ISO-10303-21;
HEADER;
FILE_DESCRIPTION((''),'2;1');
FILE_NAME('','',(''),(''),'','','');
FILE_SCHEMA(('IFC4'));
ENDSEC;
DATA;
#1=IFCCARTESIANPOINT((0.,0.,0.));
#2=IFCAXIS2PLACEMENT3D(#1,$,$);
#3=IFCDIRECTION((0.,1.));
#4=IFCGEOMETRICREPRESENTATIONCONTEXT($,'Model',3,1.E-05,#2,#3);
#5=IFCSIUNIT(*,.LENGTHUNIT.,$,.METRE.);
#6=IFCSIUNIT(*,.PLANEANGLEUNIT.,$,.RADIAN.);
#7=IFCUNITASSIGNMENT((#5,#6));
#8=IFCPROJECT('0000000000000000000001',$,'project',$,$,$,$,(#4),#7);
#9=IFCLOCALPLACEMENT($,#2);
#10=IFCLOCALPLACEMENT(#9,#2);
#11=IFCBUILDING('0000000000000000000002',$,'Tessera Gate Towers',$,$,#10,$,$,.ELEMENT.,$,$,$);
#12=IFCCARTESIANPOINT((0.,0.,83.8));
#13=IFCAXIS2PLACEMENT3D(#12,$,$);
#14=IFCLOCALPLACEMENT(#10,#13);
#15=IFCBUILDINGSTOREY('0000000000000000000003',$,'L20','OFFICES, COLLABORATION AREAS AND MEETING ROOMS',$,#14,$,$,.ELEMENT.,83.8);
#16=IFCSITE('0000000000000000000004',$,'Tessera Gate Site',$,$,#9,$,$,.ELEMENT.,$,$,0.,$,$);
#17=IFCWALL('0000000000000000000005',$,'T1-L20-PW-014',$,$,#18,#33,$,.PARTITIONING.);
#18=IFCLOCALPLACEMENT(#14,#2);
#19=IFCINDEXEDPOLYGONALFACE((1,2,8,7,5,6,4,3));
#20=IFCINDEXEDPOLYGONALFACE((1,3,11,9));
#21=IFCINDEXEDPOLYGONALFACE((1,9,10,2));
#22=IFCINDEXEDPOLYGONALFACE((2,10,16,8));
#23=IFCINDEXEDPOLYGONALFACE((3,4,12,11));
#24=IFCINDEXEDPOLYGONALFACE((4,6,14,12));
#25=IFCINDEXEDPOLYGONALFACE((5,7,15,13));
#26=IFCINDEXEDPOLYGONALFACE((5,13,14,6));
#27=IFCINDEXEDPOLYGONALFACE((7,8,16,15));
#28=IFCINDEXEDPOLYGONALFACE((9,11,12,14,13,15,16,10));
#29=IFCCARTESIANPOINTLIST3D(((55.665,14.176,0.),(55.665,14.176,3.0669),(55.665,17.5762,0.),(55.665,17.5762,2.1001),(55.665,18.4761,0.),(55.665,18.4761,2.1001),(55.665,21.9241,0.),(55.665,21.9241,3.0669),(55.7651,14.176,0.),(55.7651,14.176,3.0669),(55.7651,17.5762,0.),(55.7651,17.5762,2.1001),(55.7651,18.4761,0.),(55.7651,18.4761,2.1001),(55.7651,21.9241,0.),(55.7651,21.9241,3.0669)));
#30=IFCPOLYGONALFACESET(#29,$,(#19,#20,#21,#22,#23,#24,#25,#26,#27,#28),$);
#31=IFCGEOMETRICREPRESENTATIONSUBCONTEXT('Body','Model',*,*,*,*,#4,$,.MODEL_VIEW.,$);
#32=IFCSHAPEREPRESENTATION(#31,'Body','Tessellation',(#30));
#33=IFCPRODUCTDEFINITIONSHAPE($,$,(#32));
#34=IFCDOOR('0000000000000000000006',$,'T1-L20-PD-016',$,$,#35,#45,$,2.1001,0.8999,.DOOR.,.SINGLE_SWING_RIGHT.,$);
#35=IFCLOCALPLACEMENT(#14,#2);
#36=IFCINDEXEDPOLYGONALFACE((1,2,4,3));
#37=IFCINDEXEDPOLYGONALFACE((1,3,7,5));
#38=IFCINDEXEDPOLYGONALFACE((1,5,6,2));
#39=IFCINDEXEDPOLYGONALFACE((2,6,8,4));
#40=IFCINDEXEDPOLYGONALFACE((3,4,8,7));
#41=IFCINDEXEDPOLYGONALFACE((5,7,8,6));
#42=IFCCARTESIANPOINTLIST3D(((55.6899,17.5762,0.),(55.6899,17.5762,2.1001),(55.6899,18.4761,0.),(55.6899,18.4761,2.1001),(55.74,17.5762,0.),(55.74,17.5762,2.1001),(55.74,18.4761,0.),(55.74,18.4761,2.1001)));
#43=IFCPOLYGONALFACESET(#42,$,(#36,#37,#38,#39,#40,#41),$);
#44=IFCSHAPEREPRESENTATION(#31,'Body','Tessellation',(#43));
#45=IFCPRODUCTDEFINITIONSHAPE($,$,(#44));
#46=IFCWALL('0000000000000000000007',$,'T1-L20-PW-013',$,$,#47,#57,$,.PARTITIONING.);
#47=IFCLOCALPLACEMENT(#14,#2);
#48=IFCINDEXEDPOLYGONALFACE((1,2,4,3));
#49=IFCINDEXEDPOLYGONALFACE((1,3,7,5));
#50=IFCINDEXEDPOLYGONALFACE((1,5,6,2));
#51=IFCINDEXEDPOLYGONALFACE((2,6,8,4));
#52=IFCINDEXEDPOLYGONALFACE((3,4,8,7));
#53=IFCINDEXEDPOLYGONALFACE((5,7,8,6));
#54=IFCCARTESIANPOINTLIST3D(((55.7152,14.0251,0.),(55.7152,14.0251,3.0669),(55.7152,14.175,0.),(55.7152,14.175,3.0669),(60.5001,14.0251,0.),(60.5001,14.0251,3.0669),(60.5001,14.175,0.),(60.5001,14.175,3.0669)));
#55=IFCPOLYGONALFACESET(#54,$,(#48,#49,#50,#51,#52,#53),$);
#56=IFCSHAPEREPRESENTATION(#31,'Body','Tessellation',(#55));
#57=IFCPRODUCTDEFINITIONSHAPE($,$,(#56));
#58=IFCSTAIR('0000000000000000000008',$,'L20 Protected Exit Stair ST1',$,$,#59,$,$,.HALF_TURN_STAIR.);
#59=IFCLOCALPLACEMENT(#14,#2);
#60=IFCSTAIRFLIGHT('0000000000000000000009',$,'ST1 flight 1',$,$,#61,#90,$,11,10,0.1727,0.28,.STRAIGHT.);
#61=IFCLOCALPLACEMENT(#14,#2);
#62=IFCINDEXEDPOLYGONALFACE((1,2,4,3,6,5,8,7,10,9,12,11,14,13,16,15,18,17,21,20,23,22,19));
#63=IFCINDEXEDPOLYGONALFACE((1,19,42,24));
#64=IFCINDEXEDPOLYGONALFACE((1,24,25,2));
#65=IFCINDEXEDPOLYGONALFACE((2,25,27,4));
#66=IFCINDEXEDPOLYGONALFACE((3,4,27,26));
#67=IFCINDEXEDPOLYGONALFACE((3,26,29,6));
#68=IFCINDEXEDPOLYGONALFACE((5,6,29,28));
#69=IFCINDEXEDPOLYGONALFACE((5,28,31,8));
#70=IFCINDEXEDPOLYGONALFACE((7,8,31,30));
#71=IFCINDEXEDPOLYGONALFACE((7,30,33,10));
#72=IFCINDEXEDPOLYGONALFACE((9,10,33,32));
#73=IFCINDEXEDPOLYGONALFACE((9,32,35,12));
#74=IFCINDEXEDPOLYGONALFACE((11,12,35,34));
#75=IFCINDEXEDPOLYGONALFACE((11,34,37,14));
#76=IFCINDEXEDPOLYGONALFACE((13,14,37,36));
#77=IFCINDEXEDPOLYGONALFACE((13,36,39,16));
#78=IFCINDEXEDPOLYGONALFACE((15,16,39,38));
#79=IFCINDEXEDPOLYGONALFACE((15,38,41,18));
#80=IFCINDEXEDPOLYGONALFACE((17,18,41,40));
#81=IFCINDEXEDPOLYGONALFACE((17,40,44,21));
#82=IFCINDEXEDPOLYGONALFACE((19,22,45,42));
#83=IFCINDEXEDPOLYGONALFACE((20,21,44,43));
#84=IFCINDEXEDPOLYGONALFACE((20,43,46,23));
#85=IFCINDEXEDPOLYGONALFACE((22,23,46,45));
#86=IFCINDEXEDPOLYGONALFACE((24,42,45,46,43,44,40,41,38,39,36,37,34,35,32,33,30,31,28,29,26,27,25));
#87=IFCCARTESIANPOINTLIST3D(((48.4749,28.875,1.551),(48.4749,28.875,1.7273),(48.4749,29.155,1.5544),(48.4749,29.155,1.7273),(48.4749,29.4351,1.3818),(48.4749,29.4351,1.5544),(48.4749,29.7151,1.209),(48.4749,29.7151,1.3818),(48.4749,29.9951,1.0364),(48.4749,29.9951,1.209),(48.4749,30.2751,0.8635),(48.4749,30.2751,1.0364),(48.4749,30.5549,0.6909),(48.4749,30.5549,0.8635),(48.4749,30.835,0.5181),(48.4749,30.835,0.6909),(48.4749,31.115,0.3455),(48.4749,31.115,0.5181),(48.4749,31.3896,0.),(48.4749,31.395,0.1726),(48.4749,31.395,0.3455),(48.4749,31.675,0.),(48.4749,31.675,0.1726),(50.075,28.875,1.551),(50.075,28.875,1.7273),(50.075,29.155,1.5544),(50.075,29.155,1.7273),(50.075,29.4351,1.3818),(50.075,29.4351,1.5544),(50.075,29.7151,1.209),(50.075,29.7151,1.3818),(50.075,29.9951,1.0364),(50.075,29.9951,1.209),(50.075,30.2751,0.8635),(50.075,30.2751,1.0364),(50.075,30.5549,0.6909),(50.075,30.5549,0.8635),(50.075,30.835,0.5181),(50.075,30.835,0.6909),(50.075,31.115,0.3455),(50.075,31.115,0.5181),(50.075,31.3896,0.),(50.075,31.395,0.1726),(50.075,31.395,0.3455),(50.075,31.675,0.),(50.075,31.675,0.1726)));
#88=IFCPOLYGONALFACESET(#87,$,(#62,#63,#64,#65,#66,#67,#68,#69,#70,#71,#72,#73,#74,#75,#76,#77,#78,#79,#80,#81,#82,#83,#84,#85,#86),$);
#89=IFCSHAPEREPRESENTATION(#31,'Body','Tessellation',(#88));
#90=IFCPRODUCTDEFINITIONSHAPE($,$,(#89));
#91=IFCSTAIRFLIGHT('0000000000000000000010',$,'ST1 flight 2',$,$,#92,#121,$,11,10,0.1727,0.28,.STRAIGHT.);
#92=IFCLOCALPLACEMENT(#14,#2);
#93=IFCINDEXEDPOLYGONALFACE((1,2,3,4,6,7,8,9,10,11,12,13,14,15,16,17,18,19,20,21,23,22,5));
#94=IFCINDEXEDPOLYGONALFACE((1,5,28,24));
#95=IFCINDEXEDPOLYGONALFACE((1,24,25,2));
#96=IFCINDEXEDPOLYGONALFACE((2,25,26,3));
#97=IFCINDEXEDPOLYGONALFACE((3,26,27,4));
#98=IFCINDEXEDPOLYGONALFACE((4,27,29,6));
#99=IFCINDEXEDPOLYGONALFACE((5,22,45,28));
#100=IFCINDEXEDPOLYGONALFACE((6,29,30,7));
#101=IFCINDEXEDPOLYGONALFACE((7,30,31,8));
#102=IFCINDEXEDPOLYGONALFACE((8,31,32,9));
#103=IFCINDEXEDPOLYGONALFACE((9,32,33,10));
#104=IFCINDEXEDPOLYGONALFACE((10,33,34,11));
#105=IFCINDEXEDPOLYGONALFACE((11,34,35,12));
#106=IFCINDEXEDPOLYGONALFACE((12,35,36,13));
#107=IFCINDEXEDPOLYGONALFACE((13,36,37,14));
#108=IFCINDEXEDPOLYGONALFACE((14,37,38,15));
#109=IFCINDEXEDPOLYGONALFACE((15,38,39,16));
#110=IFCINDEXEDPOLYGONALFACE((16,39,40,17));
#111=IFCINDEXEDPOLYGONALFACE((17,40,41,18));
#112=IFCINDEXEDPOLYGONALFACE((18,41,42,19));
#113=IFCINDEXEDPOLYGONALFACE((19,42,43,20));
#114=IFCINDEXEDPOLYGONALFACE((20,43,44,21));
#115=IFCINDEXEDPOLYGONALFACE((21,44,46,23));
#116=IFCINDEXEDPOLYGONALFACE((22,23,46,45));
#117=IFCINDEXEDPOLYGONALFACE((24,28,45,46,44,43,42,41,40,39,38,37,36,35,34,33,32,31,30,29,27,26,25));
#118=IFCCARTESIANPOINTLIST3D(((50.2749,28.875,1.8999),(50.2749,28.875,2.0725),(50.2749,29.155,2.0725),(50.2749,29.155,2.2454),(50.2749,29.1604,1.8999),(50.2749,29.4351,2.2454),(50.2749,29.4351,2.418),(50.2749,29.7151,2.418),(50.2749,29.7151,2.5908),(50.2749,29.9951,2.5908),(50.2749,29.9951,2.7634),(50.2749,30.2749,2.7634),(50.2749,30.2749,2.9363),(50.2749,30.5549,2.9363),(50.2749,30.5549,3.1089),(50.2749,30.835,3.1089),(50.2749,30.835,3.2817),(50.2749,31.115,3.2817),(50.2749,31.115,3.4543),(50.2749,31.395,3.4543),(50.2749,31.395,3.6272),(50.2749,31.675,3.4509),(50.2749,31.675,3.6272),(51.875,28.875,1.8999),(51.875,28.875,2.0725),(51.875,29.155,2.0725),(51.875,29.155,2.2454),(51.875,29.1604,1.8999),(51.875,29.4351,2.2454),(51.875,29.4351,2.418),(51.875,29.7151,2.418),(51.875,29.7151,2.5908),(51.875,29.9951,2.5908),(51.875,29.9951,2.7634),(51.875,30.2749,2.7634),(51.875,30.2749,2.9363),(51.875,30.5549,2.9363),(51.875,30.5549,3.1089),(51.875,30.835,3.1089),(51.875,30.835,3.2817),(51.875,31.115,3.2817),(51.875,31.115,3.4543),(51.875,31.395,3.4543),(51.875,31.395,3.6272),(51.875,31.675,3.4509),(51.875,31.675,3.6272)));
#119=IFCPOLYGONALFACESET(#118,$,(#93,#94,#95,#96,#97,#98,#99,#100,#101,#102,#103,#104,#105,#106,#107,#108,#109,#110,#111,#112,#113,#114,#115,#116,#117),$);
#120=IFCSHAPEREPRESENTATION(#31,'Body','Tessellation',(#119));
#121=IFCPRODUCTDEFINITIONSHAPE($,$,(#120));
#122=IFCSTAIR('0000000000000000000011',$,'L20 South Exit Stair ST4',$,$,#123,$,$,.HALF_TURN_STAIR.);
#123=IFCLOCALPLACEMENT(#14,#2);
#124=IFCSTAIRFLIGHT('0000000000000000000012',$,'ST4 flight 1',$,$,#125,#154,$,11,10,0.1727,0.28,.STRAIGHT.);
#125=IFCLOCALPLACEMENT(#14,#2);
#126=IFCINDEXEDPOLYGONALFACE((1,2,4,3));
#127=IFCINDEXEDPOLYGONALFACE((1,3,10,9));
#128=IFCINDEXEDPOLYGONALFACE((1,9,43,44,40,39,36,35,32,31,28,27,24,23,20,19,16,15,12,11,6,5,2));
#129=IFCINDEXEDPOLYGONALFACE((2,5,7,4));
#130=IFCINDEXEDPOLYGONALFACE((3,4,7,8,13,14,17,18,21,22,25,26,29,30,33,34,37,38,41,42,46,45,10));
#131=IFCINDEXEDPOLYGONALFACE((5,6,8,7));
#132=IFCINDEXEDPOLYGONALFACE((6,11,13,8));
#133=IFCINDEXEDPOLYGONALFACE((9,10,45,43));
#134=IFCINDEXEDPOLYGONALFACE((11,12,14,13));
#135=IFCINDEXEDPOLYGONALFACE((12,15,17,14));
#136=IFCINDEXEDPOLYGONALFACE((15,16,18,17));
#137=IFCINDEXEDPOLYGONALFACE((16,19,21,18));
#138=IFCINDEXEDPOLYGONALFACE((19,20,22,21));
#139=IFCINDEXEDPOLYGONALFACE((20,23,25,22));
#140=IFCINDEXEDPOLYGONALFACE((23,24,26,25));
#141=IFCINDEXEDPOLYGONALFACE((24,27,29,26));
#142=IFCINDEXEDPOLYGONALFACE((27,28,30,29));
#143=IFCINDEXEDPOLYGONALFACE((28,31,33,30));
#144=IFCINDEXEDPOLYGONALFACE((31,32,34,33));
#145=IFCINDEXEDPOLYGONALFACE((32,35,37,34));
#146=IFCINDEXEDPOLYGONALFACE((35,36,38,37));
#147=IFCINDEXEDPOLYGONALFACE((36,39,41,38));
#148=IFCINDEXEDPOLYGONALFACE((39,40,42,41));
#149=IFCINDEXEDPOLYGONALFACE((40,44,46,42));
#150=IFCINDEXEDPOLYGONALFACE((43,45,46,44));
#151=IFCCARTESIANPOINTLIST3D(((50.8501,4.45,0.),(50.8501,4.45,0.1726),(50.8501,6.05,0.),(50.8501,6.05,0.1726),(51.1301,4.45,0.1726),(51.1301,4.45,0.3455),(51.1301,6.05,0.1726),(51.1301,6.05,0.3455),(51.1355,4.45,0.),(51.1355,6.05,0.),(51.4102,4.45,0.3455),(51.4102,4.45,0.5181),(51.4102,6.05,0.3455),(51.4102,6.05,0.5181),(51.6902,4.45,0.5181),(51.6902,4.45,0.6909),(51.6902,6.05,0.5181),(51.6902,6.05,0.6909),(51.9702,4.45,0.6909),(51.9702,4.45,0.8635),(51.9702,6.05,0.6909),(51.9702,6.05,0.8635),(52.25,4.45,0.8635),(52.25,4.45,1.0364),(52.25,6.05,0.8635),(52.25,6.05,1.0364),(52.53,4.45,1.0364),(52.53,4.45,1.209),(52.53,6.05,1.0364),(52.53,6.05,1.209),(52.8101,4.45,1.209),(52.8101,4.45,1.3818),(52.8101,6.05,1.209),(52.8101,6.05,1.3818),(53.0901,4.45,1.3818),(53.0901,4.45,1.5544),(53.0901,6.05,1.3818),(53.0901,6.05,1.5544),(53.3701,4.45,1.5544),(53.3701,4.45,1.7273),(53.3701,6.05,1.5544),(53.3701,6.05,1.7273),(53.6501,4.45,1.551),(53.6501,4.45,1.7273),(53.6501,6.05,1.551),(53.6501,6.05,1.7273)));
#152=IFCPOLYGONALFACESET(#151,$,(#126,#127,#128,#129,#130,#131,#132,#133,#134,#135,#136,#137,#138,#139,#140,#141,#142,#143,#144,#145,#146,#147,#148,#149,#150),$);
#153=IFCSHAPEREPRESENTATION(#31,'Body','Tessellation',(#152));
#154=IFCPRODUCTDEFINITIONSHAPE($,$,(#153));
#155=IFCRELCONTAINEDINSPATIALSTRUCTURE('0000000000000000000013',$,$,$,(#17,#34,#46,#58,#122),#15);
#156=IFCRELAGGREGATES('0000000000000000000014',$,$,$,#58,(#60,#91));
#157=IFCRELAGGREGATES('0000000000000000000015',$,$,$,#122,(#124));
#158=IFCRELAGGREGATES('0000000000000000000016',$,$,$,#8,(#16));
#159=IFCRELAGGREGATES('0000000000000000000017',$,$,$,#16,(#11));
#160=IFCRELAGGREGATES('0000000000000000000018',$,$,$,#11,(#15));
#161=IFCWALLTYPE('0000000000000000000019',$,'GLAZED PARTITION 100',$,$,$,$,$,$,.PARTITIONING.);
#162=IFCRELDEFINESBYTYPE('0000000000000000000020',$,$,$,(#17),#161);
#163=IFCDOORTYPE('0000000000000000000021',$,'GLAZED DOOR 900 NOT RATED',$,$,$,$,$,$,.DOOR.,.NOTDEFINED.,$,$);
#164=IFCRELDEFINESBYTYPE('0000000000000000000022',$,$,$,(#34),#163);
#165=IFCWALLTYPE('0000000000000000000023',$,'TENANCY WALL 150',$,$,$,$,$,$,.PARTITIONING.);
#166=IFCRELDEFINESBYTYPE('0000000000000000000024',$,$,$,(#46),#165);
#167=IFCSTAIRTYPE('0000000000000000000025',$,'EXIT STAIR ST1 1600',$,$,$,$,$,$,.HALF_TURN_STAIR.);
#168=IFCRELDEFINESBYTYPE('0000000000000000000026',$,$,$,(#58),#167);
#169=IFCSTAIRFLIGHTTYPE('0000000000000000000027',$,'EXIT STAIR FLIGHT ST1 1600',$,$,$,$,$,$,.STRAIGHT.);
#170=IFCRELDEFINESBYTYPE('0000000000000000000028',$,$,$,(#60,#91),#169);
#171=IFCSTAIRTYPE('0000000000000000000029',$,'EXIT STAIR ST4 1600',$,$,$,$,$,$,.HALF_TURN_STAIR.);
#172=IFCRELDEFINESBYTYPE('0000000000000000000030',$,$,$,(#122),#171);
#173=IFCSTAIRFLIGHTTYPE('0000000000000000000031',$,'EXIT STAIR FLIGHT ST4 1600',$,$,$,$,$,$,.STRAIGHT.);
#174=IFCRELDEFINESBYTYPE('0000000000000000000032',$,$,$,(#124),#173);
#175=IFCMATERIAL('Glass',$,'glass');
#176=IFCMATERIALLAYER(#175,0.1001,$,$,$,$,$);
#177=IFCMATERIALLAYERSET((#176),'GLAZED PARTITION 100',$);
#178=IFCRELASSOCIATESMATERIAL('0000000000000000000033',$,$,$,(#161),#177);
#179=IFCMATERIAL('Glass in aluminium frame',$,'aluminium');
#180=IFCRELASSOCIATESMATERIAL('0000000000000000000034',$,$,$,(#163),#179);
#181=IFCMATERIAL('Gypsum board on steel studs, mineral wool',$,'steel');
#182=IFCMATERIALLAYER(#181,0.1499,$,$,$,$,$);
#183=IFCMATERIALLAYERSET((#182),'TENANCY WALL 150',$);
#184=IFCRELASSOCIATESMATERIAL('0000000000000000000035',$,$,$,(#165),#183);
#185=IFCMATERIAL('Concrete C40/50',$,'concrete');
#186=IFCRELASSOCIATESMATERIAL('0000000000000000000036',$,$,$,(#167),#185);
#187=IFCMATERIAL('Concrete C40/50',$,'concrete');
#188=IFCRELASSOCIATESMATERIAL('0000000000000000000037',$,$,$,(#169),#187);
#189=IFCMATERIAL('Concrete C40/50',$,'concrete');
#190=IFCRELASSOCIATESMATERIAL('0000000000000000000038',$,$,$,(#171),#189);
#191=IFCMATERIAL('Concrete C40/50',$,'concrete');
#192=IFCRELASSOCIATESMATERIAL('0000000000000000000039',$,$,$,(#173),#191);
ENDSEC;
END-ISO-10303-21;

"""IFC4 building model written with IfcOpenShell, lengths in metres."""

from ifc_helpers import new_model, si_unit, direction, frame, frame_2d, origin, place, context, subcontext, project, spatial, polyline, rectangle, outline, extrude, source, transform, mapped, material, layer, layer_set, type_object, element, fill, aggregate, save


model = new_model("IFC4")

# Units and contexts
model_context = context("Model", 3, precision=1e-05, world=origin(), true_north=direction((0.0, 1.0)))
body_context = subcontext(model_context, "Body", "Model", "MODEL_VIEW")
ifc_project = project(units=[si_unit("LENGTHUNIT", "METRE"), si_unit("PLANEANGLEUNIT", "RADIAN")], contexts=[model_context])

# Site, building, storey
site_placement = place(None, origin())
site = spatial("IfcSite", under=ifc_project, at=site_placement, Name="Tessera Gate Site", CompositionType="ELEMENT", RefElevation=0.0)
building_placement = place(site_placement, origin())
building = spatial("IfcBuilding", under=site, at=building_placement, Name="Tessera Gate Towers", CompositionType="ELEMENT")
storey_placement = place(building_placement, frame((0.0, 0.0, 83.8)))
storey = spatial("IfcBuildingStorey", under=building, at=storey_placement, Name="L20", Description="OFFICES, COLLABORATION AREAS AND MEETING ROOMS", CompositionType="ELEMENT", Elevation=83.8)

# Wall, opening, door
ifc_material_1 = material(Name="Glass", Category="glass")
ifc_layer_1 = layer(ifc_material_1, 0.1001)
ifc_layer_set_1 = layer_set([ifc_layer_1], Name="GLAZED PARTITION 100")
wall_type_1 = type_object("IfcWallType", Name="GLAZED PARTITION 100", PredefinedType="PARTITIONING", material=ifc_layer_set_1)
shared_shape_1 = source(origin(), body_context, "Body", "SweptSolid", [
    extrude(rectangle(XDim=0.8999, YDim=2.1001, at=frame_2d((0.45, 1.05))), frame((0.0, 0.0601, 0.0), z_axis=(0.0, -1.0, 0.0), x_axis=(1.0, 0.0, 0.0)), (0.0, 0.0, 1.0), 0.1201),
])
ifc_material_2 = material(Name="Glass in aluminium frame", Category="aluminium")
door_type_1 = type_object("IfcDoorType", Name="GLAZED DOOR 900 NOT RATED", OperationType="NOTDEFINED", PredefinedType="DOOR", material=ifc_material_2)
shared_shape_2 = source(origin(), body_context, "Body", "SweptSolid", [
    extrude(rectangle(XDim=0.8999, YDim=2.1001, at=frame_2d((0.45, 1.05))), frame((0.0, 0.0249, 0.0), z_axis=(0.0, -1.0, 0.0), x_axis=(1.0, 0.0, 0.0)), (0.0, 0.0, 1.0), 0.05),
])
wall_1_placement = place(storey_placement, frame((55.7151, 21.9241, 0.0), z_axis=(0.0, 0.0, 1.0), x_axis=(0.0, -1.0, 0.0)))
wall_1 = element("IfcWall", 1, at=wall_1_placement, inside=storey, type_object=wall_type_1, Name="T1-L20-PW-014", PredefinedType="PARTITIONING", context=body_context, shape_type="SweptSolid", body=[
    extrude(rectangle(XDim=7.748, YDim=0.1001, at=frame_2d((3.874, 0.0))), origin(), (0.0, 0.0, 1.0), 3.0669),
])
opening_1_placement = place(wall_1_placement, frame((3.448, 0.0, 0.0)))
opening_1 = element("IfcOpeningElement", 2, at=opening_1_placement, cuts=wall_1, PredefinedType="OPENING", context=body_context, shape_type="MappedRepresentation", body=[
    mapped(shared_shape_1, transform((0.0, 0.0, 0.0), scale=1.0)),
])
door_1_placement = place(opening_1_placement, origin())
door_1 = element("IfcDoor", 3, at=door_1_placement, inside=storey, type_object=door_type_1, Name="T1-L20-PD-016", OperationType="SINGLE_SWING_RIGHT", OverallHeight=2.1001, OverallWidth=0.8999, PredefinedType="DOOR", context=body_context, shape_type="MappedRepresentation", body=[
    mapped(shared_shape_2, transform((0.0, 0.0, 0.0), scale=1.0)),
])
fill(opening_1, door_1)

# Wall
ifc_material_3 = material(Name="Gypsum board on steel studs, mineral wool", Category="steel")
ifc_layer_2 = layer(ifc_material_3, 0.1499)
ifc_layer_set_2 = layer_set([ifc_layer_2], Name="TENANCY WALL 150")
wall_type_2 = type_object("IfcWallType", Name="TENANCY WALL 150", PredefinedType="PARTITIONING", material=ifc_layer_set_2)
wall_2_placement = place(storey_placement, frame((55.7151, 14.1001, 0.0), z_axis=(0.0, 0.0, 1.0), x_axis=(1.0, 0.0, 0.0)))
element("IfcWall", 4, at=wall_2_placement, inside=storey, type_object=wall_type_2, Name="T1-L20-PW-013", PredefinedType="PARTITIONING", context=body_context, shape_type="SweptSolid", body=[
    extrude(rectangle(XDim=4.7849, YDim=0.1499, at=frame_2d((2.3926, 0.0))), origin(), (0.0, 0.0, 1.0), 3.0669),
])

# Stairs, stair flights
ifc_material_4 = material(Name="Concrete C40/50", Category="concrete")
stair_type_1 = type_object("IfcStairType", Name="EXIT STAIR ST1 1600", PredefinedType="HALF_TURN_STAIR", material=ifc_material_4)
stair_1_placement = place(storey_placement, origin())
stair_1 = element("IfcStair", 5, at=stair_1_placement, inside=storey, type_object=stair_type_1, Name="L20 Protected Exit Stair ST1", PredefinedType="HALF_TURN_STAIR")
ifc_material_5 = material(Name="Concrete C40/50", Category="concrete")
stair_flight_type_1 = type_object("IfcStairFlightType", Name="EXIT STAIR FLIGHT ST1 1600", PredefinedType="STRAIGHT", material=ifc_material_5)
stair_flight_1_placement = place(storey_placement, frame((49.2749, 31.675, 0.0), z_axis=(0.0, 0.0, 1.0), x_axis=(0.0, -1.0, 0.0)))
stair_flight_1 = element("IfcStairFlight", 6, at=stair_flight_1_placement, type_object=stair_flight_type_1, Name="ST1 flight 1", NumberOfRisers=11, NumberOfTreads=10, PredefinedType="STRAIGHT", RiserHeight=0.1727, TreadLength=0.28, context=body_context, shape_type="SweptSolid", body=[
    extrude(outline(polyline([(0.0, 0.0), (0.0, 0.1726), (0.28, 0.1726), (0.28, 0.3455), (0.5601, 0.3455), (0.5601, 0.5181), (0.8401, 0.5181), (0.8401, 0.6909), (1.1201, 0.6909), (1.1201, 0.8635), (1.3999, 0.8635), (1.3999, 1.0364), (1.6799, 1.0364), (1.6799, 1.209), (1.96, 1.209), (1.96, 1.3818), (2.24, 1.3818), (2.24, 1.5544), (2.52, 1.5544), (2.52, 1.7273), (2.8, 1.7273), (2.8, 1.8999), (2.8, 1.551), (0.2854, 0.0), (0.0, 0.0)])), frame((0.0, 0.8, 0.0), z_axis=(0.0, -1.0, 0.0), x_axis=(1.0, 0.0, 0.0)), (0.0, 0.0, 1.0), 1.6001),
])
stair_flight_2_placement = place(storey_placement, frame((51.075, 28.875, 1.8999), z_axis=(0.0, 0.0, 1.0), x_axis=(0.0, 1.0, 0.0)))
stair_flight_2 = element("IfcStairFlight", 7, at=stair_flight_2_placement, type_object=stair_flight_type_1, Name="ST1 flight 2", NumberOfRisers=11, NumberOfTreads=10, PredefinedType="STRAIGHT", RiserHeight=0.1727, TreadLength=0.28, context=body_context, shape_type="SweptSolid", body=[
    extrude(outline(polyline([(0.0, 0.0), (0.0, 0.1726), (0.28, 0.1726), (0.28, 0.3455), (0.5601, 0.3455), (0.5601, 0.5181), (0.8401, 0.5181), (0.8401, 0.6909), (1.1201, 0.6909), (1.1201, 0.8635), (1.3999, 0.8635), (1.3999, 1.0364), (1.6799, 1.0364), (1.6799, 1.209), (1.96, 1.209), (1.96, 1.3818), (2.24, 1.3818), (2.24, 1.5544), (2.52, 1.5544), (2.52, 1.7273), (2.8, 1.7273), (2.8, 1.8999), (2.8, 1.551), (0.2854, 0.0), (0.0, 0.0)])), frame((0.0, 0.8, 0.0), z_axis=(0.0, -1.0, 0.0), x_axis=(1.0, 0.0, 0.0)), (0.0, 0.0, 1.0), 1.6001),
])
aggregate(stair_1, [stair_flight_1, stair_flight_2])
ifc_material_6 = material(Name="Concrete C40/50", Category="concrete")
stair_type_2 = type_object("IfcStairType", Name="EXIT STAIR ST4 1600", PredefinedType="HALF_TURN_STAIR", material=ifc_material_6)
stair_2_placement = place(storey_placement, origin())
stair_2 = element("IfcStair", 8, at=stair_2_placement, inside=storey, type_object=stair_type_2, Name="L20 South Exit Stair ST4", PredefinedType="HALF_TURN_STAIR")
ifc_material_7 = material(Name="Concrete C40/50", Category="concrete")
stair_flight_type_2 = type_object("IfcStairFlightType", Name="EXIT STAIR FLIGHT ST4 1600", PredefinedType="STRAIGHT", material=ifc_material_7)
stair_flight_3_placement = place(storey_placement, frame((50.8501, 5.25, 0.0), z_axis=(0.0, 0.0, 1.0), x_axis=(1.0, 0.0, 0.0)))
stair_flight_3 = element("IfcStairFlight", 9, at=stair_flight_3_placement, type_object=stair_flight_type_2, Name="ST4 flight 1", NumberOfRisers=11, NumberOfTreads=10, PredefinedType="STRAIGHT", RiserHeight=0.1727, TreadLength=0.28, context=body_context, shape_type="SweptSolid", body=[
    extrude(outline(polyline([(0.0, 0.0), (0.0, 0.1726), (0.28, 0.1726), (0.28, 0.3455), (0.5601, 0.3455), (0.5601, 0.5181), (0.8401, 0.5181), (0.8401, 0.6909), (1.1201, 0.6909), (1.1201, 0.8635), (1.3999, 0.8635), (1.3999, 1.0364), (1.6799, 1.0364), (1.6799, 1.209), (1.96, 1.209), (1.96, 1.3818), (2.24, 1.3818), (2.24, 1.5544), (2.52, 1.5544), (2.52, 1.7273), (2.8, 1.7273), (2.8, 1.8999), (2.8, 1.551), (0.2854, 0.0), (0.0, 0.0)])), frame((0.0, 0.8, 0.0), z_axis=(0.0, -1.0, 0.0), x_axis=(1.0, 0.0, 0.0)), (0.0, 0.0, 1.0), 1.6001),
])
aggregate(stair_2, [stair_flight_3])

save(model, "model.ifc")
